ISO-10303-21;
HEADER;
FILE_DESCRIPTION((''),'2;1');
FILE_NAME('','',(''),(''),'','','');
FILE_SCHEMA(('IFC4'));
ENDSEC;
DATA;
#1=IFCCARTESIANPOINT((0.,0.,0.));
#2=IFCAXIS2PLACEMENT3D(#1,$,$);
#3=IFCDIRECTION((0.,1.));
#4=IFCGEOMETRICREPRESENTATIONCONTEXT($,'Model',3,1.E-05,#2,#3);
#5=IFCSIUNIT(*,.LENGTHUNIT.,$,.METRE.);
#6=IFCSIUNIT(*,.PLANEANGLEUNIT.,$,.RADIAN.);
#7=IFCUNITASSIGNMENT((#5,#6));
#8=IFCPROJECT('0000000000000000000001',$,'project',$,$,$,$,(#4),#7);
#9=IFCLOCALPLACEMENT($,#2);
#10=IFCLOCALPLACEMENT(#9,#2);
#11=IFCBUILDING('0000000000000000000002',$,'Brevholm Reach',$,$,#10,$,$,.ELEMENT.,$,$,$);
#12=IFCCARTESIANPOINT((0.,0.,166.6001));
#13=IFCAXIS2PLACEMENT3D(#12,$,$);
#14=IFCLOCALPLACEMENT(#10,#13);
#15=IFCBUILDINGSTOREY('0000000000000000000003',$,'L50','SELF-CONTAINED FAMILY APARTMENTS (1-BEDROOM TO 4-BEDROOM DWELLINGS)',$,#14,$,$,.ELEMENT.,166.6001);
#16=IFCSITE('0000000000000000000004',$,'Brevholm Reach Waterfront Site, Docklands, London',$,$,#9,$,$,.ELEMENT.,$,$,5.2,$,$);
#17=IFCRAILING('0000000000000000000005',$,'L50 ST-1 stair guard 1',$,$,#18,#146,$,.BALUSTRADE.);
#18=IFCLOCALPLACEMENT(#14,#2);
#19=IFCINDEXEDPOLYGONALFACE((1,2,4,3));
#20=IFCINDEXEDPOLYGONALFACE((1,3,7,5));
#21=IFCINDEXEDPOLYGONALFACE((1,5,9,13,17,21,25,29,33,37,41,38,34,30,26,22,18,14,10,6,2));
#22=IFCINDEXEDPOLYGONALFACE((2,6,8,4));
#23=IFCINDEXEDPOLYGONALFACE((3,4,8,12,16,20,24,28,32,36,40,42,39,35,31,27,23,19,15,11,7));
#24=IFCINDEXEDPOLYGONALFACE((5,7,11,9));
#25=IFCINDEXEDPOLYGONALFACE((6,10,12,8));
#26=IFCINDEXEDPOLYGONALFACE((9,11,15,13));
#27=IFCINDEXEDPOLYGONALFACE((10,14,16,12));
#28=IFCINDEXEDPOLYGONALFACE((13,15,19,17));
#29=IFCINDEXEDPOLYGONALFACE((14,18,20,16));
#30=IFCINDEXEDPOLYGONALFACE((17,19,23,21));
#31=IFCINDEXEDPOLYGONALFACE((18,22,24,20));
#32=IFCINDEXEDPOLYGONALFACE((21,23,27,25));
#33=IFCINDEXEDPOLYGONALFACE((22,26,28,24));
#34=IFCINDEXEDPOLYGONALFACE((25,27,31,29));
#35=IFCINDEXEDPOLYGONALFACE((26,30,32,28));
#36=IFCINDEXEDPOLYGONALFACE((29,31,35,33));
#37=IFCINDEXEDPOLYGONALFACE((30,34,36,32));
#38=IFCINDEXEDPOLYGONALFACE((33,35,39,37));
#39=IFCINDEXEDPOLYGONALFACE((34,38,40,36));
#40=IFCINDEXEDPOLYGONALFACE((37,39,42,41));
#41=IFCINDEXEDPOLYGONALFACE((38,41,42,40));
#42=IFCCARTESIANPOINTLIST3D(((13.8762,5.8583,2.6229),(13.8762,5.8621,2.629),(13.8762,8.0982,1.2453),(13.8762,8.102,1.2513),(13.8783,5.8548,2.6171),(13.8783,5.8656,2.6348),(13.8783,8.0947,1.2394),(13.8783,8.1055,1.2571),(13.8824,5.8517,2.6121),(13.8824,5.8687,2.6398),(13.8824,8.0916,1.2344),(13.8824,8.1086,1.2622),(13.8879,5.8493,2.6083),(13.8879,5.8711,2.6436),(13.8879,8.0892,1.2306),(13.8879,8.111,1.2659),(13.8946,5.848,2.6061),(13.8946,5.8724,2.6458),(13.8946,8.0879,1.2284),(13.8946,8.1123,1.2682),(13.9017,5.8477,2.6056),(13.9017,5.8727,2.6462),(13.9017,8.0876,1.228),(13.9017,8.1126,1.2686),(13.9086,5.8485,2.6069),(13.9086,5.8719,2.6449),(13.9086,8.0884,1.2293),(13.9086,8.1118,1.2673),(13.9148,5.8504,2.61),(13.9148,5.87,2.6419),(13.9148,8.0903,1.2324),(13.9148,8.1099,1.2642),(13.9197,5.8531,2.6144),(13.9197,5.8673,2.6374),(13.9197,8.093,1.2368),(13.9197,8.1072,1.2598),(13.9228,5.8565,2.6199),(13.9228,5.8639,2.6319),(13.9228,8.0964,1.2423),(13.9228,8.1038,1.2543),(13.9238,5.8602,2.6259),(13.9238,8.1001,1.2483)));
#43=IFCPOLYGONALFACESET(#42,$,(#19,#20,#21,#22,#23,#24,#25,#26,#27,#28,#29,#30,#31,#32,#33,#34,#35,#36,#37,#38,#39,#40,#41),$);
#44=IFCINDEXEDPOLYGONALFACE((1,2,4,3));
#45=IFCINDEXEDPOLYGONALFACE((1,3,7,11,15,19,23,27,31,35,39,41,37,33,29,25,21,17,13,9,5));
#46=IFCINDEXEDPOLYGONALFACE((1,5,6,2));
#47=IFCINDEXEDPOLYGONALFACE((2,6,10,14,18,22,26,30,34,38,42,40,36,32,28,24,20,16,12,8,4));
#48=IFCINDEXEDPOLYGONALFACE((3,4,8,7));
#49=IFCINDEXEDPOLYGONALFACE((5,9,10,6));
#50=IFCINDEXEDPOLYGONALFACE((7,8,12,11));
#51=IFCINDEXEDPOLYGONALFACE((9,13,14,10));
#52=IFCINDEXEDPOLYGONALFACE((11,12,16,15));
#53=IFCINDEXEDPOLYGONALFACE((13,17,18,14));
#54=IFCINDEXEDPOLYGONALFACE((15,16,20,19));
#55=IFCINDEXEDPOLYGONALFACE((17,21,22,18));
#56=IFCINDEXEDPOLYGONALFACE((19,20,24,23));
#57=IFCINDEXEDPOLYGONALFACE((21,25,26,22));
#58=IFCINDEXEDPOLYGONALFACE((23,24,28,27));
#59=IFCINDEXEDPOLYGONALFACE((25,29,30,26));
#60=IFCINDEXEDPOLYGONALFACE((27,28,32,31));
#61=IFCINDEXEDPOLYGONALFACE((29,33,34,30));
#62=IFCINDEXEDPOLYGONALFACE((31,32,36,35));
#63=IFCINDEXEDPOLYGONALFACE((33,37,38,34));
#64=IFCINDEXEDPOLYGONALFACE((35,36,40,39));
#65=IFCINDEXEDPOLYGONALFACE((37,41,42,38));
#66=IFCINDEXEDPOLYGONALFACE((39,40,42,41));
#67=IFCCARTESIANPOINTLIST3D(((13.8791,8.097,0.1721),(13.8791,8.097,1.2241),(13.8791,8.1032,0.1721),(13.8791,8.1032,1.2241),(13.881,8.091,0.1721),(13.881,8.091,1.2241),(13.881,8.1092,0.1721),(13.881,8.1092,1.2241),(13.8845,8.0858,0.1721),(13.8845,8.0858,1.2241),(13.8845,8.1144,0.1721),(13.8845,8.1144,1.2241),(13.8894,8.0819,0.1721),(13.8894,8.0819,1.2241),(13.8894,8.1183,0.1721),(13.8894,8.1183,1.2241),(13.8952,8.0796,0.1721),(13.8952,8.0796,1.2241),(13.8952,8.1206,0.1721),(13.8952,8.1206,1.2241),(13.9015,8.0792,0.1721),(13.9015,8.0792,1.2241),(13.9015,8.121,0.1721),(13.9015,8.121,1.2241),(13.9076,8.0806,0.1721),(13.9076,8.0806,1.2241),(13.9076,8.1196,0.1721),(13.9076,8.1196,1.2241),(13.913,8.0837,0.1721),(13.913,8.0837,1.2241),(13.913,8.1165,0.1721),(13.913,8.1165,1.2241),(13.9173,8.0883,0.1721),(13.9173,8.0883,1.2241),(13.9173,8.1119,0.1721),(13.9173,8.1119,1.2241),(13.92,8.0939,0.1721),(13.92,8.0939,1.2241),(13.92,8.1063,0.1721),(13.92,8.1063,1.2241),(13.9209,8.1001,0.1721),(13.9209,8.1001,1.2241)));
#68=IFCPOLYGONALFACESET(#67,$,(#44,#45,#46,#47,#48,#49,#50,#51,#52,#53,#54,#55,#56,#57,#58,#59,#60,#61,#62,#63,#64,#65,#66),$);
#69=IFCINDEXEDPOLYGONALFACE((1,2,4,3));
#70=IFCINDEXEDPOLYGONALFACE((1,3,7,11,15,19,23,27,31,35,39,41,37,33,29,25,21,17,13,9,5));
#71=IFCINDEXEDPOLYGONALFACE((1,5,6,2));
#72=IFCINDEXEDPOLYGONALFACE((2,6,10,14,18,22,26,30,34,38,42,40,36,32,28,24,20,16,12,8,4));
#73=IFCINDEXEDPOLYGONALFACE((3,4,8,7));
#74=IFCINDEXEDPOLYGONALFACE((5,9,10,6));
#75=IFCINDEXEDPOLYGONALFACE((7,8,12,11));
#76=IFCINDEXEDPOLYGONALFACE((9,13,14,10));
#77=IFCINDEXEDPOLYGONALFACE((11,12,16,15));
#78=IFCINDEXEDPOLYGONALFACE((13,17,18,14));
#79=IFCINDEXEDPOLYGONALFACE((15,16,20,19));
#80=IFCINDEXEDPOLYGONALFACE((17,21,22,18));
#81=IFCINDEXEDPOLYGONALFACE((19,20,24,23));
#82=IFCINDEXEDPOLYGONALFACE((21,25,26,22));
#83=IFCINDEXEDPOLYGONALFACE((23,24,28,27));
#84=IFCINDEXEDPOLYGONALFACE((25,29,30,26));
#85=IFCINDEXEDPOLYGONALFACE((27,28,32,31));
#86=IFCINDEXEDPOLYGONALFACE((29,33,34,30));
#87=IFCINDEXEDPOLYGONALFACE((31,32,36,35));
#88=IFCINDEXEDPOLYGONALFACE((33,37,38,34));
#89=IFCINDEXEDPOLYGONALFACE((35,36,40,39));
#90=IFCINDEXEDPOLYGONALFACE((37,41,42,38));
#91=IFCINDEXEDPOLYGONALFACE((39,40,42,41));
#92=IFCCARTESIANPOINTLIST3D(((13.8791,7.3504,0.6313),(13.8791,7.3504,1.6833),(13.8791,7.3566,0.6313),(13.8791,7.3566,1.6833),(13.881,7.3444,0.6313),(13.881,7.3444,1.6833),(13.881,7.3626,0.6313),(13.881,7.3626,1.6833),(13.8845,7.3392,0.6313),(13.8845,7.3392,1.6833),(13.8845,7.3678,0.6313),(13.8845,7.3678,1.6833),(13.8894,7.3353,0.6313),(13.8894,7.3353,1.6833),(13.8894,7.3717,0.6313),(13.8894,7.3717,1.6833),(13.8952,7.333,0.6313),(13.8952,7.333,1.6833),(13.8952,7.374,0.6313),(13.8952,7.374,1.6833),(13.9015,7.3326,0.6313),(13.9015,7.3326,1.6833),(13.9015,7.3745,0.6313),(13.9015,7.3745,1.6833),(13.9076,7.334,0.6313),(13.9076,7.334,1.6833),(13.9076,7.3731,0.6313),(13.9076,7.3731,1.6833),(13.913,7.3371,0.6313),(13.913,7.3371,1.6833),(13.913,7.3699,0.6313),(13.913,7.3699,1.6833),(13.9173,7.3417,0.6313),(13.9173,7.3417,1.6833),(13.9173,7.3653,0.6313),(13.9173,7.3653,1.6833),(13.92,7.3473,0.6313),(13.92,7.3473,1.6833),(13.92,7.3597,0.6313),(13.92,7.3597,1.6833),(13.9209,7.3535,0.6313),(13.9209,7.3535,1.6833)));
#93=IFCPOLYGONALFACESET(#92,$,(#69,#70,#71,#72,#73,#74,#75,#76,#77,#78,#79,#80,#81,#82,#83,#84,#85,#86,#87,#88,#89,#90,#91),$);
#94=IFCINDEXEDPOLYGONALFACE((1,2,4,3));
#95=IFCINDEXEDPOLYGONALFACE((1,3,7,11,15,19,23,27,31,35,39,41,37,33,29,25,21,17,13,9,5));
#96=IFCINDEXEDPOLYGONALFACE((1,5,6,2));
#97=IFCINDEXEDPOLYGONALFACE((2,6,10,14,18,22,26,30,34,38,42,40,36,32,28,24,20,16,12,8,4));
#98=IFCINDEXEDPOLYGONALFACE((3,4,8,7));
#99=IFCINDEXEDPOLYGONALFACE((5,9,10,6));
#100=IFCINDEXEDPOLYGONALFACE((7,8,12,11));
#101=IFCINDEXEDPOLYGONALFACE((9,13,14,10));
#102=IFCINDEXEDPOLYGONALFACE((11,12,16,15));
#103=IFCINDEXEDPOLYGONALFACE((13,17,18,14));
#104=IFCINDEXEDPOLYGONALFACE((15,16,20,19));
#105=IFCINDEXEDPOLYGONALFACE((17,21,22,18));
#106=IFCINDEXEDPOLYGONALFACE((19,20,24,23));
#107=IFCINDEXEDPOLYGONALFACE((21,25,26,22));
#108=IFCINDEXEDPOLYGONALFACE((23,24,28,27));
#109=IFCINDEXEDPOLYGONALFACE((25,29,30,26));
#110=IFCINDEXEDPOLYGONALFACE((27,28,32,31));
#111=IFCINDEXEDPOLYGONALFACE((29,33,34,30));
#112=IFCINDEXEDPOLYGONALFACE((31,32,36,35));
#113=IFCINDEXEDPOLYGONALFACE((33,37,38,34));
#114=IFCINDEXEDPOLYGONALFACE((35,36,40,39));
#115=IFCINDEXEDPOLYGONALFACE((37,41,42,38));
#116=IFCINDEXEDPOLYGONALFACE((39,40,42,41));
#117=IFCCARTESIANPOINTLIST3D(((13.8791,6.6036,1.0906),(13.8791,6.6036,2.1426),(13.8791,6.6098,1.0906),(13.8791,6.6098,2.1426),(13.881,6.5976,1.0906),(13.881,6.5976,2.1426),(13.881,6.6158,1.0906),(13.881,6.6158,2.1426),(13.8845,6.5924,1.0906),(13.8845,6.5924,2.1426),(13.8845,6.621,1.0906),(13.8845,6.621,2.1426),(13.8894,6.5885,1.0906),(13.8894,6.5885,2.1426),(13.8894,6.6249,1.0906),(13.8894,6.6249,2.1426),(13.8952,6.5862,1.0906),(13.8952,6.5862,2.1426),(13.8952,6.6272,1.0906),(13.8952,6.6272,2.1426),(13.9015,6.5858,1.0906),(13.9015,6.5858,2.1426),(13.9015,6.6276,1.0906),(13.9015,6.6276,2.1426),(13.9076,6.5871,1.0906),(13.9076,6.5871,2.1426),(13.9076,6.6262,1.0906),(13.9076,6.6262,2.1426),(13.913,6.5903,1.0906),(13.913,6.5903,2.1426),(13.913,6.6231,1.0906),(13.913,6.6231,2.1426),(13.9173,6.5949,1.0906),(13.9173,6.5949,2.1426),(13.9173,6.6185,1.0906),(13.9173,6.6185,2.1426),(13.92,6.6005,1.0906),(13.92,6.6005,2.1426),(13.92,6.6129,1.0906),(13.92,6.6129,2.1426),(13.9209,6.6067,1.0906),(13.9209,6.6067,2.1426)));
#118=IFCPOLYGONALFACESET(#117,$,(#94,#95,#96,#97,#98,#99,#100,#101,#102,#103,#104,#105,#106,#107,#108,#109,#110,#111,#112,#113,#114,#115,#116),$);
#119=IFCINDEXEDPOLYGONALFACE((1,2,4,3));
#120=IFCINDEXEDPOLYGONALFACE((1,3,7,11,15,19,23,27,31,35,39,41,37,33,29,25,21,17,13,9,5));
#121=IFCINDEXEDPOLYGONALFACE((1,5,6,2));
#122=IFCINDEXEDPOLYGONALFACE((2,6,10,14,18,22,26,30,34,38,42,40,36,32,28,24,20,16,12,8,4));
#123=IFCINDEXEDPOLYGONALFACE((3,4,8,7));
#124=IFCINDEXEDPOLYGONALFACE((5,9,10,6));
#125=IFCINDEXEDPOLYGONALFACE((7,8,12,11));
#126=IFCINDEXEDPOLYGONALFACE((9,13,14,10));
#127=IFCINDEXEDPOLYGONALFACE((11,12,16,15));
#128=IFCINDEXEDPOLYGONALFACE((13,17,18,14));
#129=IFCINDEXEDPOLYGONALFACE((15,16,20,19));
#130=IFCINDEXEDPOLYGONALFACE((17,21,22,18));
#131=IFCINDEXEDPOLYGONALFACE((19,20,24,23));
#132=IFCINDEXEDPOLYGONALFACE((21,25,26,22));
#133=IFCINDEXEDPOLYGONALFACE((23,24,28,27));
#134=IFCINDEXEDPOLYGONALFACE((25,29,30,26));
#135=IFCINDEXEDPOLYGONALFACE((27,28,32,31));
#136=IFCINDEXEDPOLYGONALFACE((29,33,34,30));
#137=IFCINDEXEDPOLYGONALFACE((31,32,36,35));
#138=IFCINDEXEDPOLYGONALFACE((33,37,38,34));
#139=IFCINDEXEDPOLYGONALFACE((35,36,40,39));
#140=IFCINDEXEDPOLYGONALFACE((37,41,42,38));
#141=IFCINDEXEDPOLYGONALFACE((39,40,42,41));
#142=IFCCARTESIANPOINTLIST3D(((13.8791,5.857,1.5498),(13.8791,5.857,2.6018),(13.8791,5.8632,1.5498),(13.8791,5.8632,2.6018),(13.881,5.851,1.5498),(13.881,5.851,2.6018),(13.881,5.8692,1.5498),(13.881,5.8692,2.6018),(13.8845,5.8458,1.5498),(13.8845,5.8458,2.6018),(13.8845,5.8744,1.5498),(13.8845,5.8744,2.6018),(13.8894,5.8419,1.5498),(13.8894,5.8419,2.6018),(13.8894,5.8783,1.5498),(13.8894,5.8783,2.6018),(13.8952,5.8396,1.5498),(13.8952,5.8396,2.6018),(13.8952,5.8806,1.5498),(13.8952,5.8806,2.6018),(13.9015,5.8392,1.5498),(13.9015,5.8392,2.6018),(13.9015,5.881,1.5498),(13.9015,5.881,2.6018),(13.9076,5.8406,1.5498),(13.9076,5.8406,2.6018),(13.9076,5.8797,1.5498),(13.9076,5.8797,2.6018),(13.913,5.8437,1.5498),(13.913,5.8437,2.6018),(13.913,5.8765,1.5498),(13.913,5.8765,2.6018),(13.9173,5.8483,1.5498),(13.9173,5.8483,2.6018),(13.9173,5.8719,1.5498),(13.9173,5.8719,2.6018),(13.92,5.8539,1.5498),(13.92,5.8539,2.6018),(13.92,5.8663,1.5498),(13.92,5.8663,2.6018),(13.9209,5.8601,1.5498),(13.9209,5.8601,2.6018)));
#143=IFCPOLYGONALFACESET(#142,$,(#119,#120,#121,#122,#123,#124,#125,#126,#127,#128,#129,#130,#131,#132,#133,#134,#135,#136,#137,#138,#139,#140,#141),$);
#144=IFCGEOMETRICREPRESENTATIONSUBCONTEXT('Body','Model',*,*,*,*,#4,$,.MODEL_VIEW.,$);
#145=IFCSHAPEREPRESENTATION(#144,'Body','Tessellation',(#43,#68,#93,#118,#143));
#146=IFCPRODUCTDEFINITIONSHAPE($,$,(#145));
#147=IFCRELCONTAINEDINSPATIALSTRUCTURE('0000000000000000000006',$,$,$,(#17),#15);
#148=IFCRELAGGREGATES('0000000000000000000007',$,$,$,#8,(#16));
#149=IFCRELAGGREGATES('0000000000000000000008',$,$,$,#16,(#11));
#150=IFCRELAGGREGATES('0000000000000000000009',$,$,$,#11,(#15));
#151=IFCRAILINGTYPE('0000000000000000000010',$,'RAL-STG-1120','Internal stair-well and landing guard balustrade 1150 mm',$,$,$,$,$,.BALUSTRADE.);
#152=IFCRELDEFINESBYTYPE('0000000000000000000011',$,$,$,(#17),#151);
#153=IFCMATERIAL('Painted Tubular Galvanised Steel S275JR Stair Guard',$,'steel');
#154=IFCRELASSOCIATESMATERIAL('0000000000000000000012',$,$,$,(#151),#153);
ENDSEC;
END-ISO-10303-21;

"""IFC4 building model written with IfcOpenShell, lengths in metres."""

from ifc_helpers import new_model, si_unit, direction, frame, origin, origin_2d, place, context, subcontext, project, spatial, circle, extrude, material, type_object, element, save


model = new_model("IFC4")

# Units and contexts
model_context = context("Model", 3, precision=1e-05, world=origin(), true_north=direction((0.0, 1.0)))
body_context = subcontext(model_context, "Body", "Model", "MODEL_VIEW")
ifc_project = project(units=[si_unit("LENGTHUNIT", "METRE"), si_unit("PLANEANGLEUNIT", "RADIAN")], contexts=[model_context])

# Site, building, storey
site_placement = place(None, origin())
site = spatial("IfcSite", under=ifc_project, at=site_placement, Name="Brevholm Reach Waterfront Site, Docklands, London", CompositionType="ELEMENT", RefElevation=5.2)
building_placement = place(site_placement, origin())
building = spatial("IfcBuilding", under=site, at=building_placement, Name="Brevholm Reach", CompositionType="ELEMENT")
storey_placement = place(building_placement, frame((0.0, 0.0, 166.6001)))
storey = spatial("IfcBuildingStorey", under=building, at=storey_placement, Name="L50", Description="SELF-CONTAINED FAMILY APARTMENTS (1-BEDROOM TO 4-BEDROOM DWELLINGS)", CompositionType="ELEMENT", Elevation=166.6001)

# Railing
ifc_material_1 = material(Name="Painted Tubular Galvanised Steel S275JR Stair Guard", Category="steel")
railing_type_1 = type_object("IfcRailingType", Name="RAL-STG-1120", Description="Internal stair-well and landing guard balustrade 1150 mm", PredefinedType="BALUSTRADE", material=ifc_material_1)
railing_1_placement = place(storey_placement, frame((13.8999, 8.1001, 0.1721)))
element("IfcRailing", 1, at=railing_1_placement, inside=storey, type_object=railing_type_1, Name="L50 ST-1 stair guard 1", PredefinedType="BALUSTRADE", context=body_context, shape_type="SweptSolid", body=[
    extrude(circle(Radius=0.0239, at=origin_2d()), frame((0.0, 0.0, 1.0762), z_axis=(0.0, -0.851789, 0.523885), x_axis=(1.0, 0.0, 0.0)), (0.0, 0.0, 1.0), 2.6296),
    extrude(circle(Radius=0.021, at=origin_2d()), origin(), (0.0, 0.0, 1.0), 1.052),
    extrude(circle(Radius=0.021, at=origin_2d()), frame((0.0, -0.7466, 0.4592)), (0.0, 0.0, 1.0), 1.052),
    extrude(circle(Radius=0.021, at=origin_2d()), frame((0.0, -1.4934, 0.9185)), (0.0, 0.0, 1.0), 1.052),
    extrude(circle(Radius=0.021, at=origin_2d()), frame((0.0, -2.24, 1.3777)), (0.0, 0.0, 1.0), 1.052),
])

save(model, "model.ifc")
